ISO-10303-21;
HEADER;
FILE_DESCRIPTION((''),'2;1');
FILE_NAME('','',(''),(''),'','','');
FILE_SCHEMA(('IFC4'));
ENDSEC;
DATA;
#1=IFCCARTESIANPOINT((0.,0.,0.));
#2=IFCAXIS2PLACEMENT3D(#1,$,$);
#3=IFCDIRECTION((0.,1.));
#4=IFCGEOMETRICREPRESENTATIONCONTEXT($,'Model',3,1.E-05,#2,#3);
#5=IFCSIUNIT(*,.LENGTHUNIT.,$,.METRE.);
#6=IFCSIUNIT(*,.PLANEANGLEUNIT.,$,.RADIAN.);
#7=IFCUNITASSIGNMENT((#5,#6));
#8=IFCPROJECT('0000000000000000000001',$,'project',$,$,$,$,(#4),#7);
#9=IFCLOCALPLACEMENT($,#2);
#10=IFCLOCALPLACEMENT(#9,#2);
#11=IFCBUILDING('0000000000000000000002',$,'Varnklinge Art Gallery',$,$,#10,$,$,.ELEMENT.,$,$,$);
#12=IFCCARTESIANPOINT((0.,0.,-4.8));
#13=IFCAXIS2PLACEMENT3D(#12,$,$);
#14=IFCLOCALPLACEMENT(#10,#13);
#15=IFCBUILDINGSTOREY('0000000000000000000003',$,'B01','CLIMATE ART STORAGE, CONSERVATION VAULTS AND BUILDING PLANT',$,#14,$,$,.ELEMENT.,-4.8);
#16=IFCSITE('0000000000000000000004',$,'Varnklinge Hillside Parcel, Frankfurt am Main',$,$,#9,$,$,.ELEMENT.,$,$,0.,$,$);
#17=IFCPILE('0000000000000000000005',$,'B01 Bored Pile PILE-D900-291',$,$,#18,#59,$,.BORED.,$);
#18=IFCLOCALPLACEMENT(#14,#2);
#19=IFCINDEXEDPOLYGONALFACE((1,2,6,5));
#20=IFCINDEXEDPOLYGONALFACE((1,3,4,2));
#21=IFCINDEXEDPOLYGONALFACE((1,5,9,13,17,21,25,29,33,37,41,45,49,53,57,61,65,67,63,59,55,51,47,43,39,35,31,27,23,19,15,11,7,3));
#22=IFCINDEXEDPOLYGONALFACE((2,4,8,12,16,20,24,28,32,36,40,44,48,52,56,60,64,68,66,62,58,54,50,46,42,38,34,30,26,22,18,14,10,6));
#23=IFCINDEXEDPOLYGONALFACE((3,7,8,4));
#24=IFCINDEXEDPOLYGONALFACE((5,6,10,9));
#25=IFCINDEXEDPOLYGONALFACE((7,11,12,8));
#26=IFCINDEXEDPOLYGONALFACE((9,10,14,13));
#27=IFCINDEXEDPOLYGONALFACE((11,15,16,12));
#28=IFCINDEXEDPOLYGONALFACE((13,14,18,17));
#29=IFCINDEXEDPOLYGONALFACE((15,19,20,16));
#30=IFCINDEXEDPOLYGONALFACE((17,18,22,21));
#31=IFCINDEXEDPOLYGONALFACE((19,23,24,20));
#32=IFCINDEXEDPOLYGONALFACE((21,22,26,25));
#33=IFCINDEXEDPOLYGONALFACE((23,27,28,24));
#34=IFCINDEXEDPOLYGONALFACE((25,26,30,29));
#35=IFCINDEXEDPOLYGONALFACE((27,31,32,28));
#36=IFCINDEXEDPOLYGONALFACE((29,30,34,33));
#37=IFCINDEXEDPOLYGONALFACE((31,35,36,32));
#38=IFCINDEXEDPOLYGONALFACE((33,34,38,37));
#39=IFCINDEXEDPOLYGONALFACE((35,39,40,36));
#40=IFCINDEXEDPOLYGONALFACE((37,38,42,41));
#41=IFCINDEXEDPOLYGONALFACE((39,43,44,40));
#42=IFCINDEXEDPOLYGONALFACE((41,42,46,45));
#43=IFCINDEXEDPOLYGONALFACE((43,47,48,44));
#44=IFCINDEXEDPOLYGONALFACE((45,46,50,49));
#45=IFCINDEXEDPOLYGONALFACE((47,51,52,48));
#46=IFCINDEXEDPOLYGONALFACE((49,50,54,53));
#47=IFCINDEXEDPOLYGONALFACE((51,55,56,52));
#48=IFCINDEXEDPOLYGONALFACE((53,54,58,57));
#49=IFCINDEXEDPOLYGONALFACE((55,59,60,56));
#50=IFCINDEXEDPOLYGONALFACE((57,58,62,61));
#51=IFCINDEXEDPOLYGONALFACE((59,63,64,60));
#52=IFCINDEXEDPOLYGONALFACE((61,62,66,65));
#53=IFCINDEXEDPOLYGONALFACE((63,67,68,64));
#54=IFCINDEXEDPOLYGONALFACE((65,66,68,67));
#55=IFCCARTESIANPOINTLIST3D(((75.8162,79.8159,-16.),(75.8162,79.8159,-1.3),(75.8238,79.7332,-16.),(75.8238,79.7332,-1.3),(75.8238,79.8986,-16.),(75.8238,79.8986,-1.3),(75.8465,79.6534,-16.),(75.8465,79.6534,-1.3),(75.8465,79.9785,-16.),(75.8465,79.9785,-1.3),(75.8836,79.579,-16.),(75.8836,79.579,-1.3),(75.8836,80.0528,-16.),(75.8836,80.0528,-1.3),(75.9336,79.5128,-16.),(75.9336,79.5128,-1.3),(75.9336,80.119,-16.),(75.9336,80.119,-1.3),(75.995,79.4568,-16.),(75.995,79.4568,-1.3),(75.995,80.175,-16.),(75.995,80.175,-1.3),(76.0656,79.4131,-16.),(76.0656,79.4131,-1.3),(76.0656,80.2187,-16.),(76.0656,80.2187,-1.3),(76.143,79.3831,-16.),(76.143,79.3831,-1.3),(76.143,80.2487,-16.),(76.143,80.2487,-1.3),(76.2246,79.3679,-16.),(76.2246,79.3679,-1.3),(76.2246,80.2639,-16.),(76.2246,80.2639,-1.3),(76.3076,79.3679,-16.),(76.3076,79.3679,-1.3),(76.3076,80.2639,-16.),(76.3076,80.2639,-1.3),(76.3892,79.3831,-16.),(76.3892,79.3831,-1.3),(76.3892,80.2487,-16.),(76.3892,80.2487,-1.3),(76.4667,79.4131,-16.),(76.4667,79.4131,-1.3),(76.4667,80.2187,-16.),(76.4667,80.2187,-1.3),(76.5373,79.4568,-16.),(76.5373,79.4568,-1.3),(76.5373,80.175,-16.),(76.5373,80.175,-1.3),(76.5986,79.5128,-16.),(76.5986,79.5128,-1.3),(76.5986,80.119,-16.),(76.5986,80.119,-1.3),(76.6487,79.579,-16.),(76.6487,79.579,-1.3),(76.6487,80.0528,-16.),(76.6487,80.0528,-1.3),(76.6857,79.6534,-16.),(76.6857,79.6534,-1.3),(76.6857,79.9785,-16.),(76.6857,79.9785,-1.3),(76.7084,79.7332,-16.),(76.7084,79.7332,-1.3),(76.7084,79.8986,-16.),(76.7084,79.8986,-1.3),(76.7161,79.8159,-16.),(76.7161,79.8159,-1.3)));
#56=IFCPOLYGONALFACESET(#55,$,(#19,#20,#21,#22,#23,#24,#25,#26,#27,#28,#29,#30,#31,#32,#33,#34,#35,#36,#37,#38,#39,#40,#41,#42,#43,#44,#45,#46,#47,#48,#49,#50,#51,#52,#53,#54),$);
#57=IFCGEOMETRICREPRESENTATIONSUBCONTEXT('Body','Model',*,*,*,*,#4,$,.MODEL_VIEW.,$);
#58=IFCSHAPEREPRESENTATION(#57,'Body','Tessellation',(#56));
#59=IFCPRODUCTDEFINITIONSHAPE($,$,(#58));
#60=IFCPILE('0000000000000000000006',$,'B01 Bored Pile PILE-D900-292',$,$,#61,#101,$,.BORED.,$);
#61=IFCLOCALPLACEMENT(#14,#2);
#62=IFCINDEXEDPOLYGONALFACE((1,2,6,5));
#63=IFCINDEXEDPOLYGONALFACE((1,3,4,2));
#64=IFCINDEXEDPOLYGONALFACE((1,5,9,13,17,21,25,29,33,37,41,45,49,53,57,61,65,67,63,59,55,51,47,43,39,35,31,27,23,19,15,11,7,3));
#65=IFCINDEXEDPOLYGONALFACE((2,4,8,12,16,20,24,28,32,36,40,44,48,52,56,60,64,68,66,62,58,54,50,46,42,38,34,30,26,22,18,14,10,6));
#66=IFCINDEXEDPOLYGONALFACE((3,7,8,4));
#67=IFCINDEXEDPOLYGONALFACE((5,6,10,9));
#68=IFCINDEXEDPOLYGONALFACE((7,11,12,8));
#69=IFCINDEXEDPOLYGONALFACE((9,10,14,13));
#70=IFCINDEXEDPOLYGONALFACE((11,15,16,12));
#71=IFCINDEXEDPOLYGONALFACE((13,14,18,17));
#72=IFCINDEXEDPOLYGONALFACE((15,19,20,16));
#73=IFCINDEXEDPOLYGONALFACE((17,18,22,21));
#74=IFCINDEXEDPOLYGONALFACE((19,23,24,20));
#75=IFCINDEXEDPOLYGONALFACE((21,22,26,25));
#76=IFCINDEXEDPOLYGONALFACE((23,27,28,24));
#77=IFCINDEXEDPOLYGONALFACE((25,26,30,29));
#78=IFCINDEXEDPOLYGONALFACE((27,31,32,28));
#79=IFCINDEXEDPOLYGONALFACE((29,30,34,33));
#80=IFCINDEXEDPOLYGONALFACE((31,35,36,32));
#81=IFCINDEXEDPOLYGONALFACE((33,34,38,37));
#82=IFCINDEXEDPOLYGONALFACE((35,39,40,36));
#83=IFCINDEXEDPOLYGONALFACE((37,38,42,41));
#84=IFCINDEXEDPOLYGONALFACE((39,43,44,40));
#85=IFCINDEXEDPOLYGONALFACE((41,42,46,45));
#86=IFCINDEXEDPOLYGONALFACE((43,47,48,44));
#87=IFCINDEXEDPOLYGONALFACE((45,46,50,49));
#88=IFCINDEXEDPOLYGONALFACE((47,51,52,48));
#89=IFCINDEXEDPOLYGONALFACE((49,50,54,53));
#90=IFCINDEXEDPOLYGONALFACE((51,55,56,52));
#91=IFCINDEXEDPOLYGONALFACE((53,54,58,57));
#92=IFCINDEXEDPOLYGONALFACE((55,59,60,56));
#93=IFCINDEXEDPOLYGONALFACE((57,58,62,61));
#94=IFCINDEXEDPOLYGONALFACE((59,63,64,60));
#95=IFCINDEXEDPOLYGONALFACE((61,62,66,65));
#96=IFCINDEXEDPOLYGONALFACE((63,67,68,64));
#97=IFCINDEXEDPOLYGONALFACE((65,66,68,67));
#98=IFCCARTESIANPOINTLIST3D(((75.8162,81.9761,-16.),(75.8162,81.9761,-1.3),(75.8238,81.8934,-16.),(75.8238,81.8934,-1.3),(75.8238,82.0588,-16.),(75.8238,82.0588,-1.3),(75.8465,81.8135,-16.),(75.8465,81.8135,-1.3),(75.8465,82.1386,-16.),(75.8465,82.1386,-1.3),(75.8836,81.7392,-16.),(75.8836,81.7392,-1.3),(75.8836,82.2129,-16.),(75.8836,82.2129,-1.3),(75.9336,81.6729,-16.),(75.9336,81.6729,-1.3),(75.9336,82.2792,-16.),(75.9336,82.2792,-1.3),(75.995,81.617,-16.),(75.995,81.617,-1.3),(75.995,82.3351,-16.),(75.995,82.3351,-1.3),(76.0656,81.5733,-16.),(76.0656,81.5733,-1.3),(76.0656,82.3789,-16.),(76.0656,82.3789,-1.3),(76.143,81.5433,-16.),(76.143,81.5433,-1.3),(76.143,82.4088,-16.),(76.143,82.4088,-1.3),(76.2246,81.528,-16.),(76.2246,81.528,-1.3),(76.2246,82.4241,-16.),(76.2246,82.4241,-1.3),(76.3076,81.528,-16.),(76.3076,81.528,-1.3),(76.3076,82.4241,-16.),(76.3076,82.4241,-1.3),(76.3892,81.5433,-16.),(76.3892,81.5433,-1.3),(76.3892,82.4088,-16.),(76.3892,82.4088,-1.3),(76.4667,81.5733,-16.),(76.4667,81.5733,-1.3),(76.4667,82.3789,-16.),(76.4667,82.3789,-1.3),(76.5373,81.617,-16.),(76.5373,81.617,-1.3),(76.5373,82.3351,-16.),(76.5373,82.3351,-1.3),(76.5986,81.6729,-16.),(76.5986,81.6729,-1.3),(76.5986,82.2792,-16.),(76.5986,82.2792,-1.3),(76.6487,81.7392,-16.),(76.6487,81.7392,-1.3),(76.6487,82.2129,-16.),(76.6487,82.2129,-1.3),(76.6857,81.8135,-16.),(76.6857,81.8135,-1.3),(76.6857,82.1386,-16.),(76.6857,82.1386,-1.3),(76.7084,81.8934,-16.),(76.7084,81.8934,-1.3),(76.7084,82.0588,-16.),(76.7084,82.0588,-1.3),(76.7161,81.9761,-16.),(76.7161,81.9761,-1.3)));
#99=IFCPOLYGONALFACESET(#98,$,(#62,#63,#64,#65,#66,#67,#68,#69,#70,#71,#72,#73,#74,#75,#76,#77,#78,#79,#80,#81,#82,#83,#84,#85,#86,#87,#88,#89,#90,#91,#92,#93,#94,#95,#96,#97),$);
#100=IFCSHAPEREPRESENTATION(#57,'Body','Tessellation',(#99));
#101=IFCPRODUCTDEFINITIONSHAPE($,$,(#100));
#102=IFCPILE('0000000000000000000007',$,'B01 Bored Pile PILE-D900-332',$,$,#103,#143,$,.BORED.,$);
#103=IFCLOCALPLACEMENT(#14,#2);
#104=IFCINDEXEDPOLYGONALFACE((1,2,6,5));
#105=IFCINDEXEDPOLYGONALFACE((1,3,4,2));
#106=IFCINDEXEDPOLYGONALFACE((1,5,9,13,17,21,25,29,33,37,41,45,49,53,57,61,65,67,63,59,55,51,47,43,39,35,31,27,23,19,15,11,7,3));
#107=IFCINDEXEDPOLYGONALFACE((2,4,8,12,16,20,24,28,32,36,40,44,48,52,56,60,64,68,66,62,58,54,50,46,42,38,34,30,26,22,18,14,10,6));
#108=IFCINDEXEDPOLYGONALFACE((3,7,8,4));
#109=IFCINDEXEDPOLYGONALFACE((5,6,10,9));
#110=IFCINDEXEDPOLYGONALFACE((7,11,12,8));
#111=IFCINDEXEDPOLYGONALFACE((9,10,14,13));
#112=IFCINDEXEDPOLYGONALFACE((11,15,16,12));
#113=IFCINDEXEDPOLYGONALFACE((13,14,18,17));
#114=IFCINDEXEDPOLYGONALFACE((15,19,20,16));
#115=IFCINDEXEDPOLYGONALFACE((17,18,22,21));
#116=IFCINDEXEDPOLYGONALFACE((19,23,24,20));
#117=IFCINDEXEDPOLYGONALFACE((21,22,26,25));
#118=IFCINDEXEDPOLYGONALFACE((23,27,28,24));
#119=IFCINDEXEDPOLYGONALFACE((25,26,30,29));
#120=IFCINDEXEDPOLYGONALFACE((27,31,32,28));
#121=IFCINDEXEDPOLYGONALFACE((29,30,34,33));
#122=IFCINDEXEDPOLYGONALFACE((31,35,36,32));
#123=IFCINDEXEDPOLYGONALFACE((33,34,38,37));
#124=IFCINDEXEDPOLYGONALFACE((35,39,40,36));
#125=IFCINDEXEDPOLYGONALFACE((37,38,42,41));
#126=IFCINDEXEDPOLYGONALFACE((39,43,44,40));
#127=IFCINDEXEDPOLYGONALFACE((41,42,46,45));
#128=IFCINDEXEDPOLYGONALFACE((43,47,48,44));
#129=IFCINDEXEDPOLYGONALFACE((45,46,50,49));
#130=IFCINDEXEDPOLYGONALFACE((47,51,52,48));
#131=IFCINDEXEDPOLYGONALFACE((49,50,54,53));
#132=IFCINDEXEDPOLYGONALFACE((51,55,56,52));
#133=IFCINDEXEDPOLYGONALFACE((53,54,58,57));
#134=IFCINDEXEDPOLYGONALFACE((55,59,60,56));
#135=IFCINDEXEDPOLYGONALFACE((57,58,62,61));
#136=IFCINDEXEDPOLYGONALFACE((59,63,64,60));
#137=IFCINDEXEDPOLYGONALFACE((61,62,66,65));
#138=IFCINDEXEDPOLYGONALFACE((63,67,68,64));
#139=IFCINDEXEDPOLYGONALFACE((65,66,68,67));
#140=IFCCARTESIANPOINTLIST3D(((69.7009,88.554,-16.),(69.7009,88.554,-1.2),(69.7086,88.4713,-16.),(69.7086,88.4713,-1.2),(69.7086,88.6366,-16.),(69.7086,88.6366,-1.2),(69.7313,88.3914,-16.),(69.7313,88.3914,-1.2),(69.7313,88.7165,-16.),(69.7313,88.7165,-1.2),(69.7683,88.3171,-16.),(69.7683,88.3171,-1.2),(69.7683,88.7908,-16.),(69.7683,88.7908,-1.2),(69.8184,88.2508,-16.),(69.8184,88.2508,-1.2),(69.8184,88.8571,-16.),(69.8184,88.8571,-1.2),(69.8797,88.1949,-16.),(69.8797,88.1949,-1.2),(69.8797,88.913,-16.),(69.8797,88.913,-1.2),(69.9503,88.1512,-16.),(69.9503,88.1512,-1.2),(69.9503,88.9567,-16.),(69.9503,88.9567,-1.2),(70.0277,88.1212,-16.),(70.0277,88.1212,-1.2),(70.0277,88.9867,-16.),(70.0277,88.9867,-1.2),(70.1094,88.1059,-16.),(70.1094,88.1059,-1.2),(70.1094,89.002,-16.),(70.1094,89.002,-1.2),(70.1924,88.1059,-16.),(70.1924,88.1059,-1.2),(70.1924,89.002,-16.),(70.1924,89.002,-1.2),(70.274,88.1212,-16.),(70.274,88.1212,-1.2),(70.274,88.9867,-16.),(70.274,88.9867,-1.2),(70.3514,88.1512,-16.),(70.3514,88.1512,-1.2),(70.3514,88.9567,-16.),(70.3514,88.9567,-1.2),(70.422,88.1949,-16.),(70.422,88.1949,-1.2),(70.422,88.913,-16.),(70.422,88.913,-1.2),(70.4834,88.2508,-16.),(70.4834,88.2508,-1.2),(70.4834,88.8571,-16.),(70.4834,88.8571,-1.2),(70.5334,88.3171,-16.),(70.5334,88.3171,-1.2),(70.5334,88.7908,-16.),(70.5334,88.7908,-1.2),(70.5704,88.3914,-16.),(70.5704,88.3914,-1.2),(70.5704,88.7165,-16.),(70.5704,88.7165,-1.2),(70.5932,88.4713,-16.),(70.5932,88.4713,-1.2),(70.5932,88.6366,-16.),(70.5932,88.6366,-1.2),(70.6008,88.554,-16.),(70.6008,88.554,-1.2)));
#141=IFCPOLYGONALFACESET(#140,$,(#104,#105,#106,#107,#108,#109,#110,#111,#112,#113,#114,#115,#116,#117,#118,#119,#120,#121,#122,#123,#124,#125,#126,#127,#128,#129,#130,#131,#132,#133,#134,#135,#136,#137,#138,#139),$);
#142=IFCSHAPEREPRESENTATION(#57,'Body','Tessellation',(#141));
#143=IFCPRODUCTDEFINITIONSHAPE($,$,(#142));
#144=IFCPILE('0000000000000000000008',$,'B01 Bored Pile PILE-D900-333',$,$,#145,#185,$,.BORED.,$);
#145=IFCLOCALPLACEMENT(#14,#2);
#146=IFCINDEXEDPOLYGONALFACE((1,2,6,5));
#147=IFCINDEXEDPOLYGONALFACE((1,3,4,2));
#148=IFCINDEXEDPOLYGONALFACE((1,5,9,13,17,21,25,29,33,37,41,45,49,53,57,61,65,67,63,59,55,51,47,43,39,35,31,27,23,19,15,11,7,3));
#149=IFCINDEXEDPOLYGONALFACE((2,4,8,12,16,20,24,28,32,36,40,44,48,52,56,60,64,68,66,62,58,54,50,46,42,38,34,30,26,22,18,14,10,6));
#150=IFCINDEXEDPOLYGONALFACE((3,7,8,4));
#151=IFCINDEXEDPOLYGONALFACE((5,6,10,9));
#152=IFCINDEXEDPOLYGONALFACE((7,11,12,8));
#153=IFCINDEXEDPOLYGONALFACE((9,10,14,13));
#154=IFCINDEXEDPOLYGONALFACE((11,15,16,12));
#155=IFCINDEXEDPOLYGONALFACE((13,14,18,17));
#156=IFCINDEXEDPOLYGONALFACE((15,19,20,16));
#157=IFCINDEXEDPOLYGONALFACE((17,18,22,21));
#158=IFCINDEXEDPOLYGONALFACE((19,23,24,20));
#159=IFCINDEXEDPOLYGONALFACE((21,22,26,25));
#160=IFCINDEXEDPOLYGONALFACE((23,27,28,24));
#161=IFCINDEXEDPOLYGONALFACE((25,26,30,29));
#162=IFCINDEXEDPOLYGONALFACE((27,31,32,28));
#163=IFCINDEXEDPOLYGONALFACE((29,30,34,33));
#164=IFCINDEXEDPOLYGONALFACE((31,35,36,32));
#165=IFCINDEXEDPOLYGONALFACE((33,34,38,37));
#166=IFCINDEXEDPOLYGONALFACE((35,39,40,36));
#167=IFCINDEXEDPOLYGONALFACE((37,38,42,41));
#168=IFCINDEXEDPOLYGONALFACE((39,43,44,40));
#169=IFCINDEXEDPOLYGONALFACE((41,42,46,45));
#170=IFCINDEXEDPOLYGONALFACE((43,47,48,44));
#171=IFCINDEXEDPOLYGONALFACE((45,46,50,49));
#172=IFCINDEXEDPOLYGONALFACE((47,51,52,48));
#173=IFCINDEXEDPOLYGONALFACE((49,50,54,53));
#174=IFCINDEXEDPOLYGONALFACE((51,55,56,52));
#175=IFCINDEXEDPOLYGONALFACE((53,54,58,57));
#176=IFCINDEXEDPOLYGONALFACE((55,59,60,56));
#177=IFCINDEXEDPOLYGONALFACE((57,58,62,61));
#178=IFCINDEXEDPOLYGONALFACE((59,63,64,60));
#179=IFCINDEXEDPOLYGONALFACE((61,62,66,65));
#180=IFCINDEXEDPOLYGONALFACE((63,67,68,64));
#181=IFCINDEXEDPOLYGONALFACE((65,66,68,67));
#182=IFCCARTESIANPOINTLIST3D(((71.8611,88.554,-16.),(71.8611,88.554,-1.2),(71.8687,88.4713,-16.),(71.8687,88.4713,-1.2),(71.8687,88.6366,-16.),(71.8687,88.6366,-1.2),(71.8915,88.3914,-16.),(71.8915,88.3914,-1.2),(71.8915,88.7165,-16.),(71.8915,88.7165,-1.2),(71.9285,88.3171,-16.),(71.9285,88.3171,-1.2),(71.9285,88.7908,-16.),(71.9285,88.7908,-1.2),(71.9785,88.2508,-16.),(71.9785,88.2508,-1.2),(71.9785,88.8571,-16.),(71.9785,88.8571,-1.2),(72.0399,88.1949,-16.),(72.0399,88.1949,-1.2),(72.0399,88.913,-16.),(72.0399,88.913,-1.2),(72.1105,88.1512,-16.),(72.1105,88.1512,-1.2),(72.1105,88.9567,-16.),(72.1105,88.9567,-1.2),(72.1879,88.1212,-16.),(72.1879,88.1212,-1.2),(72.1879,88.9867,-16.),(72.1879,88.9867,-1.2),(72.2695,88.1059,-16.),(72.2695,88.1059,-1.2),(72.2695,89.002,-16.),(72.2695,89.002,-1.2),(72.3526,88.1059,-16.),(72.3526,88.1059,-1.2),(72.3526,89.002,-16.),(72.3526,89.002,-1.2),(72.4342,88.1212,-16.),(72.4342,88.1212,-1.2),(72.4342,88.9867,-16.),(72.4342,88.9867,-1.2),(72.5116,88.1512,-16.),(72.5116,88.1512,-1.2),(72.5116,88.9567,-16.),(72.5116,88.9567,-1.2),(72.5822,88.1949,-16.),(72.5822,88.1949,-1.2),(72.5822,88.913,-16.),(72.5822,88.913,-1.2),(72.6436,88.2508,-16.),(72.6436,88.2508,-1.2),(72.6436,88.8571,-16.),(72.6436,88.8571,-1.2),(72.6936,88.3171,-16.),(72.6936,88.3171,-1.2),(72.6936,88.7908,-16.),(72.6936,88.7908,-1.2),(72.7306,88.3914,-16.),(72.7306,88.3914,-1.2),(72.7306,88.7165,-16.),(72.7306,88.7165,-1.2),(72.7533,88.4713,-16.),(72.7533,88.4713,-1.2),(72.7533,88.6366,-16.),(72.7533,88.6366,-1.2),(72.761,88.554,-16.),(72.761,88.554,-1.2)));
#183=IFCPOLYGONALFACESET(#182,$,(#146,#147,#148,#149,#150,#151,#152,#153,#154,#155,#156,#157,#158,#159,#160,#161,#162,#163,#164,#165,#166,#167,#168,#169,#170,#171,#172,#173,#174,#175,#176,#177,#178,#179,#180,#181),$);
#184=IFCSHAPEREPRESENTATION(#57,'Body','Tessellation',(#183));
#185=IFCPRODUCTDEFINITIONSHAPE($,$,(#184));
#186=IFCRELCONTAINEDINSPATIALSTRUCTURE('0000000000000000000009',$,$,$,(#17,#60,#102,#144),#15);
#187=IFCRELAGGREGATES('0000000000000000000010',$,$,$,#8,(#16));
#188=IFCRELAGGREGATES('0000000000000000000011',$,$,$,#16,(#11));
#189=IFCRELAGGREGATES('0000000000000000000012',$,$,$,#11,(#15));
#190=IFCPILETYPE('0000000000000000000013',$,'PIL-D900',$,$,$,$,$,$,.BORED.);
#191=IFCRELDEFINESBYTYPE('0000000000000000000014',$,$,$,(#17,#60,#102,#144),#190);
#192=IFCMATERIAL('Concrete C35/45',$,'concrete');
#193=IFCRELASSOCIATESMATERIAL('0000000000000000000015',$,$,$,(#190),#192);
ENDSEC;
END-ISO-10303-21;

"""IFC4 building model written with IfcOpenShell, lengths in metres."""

from ifc_helpers import new_model, si_unit, direction, frame, origin, origin_2d, place, context, subcontext, project, spatial, circle, extrude, material, material_profile, profile_set, type_object, element, save


model = new_model("IFC4")

# Units and contexts
model_context = context("Model", 3, precision=1e-05, world=origin(), true_north=direction((0.0, 1.0)))
body_context = subcontext(model_context, "Body", "Model", "MODEL_VIEW")
ifc_project = project(units=[si_unit("LENGTHUNIT", "METRE"), si_unit("PLANEANGLEUNIT", "RADIAN")], contexts=[model_context])

# Site, building, storey
site_placement = place(None, origin())
site = spatial("IfcSite", under=ifc_project, at=site_placement, Name="Varnklinge Hillside Parcel, Frankfurt am Main", CompositionType="ELEMENT", RefElevation=0.0)
building_placement = place(site_placement, origin())
building = spatial("IfcBuilding", under=site, at=building_placement, Name="Varnklinge Art Gallery", CompositionType="ELEMENT")
storey_placement = place(building_placement, frame((0.0, 0.0, -4.8)))
storey = spatial("IfcBuildingStorey", under=building, at=storey_placement, Name="B01", Description="CLIMATE ART STORAGE, CONSERVATION VAULTS AND BUILDING PLANT", CompositionType="ELEMENT", Elevation=-4.8)

# Piles
ifc_material_1 = material(Name="Concrete C35/45", Category="concrete")
ifc_material_profile_1 = material_profile(ifc_material_1, circle(Radius=0.45, at=origin_2d()), Name="PILE D900")
ifc_profile_set_1 = profile_set([ifc_material_profile_1], Name="Concrete C35/45")
pile_type_1 = type_object("IfcPileType", Name="PIL-D900", PredefinedType="BORED", material=ifc_profile_set_1)
for number, where, z_axis, x_axis, name in (
    (1, (76.2661, 79.8159, -1.3), (0.0, 0.0, -1.0), (1.0, 0.0, 0.0), "B01 Bored Pile PILE-D900-291"),
    (2, (76.2661, 81.9761, -1.3), (0.0, 0.0, -1.0), (1.0, 0.0, 0.0), "B01 Bored Pile PILE-D900-292"),
):
    element("IfcPile", number, at=place(storey_placement, frame(where, z_axis=z_axis, x_axis=x_axis)), inside=storey, type_object=pile_type_1, Name=name, PredefinedType="BORED", context=body_context, shape_type="SweptSolid", body=[
        extrude(circle(Radius=0.45, at=origin_2d()), origin(), (0.0, 0.0, 1.0), 14.7),
    ])
for number, where, z_axis, x_axis, name in (
    (3, (70.1509, 88.554, -1.2), (0.0, 0.0, -1.0), (1.0, 0.0, 0.0), "B01 Bored Pile PILE-D900-332"),
    (4, (72.311, 88.554, -1.2), (0.0, 0.0, -1.0), (1.0, 0.0, 0.0), "B01 Bored Pile PILE-D900-333"),
):
    element("IfcPile", number, at=place(storey_placement, frame(where, z_axis=z_axis, x_axis=x_axis)), inside=storey, type_object=pile_type_1, Name=name, PredefinedType="BORED", context=body_context, shape_type="SweptSolid", body=[
        extrude(circle(Radius=0.45, at=origin_2d()), origin(), (0.0, 0.0, 1.0), 14.8),
    ])

save(model, "model.ifc")
